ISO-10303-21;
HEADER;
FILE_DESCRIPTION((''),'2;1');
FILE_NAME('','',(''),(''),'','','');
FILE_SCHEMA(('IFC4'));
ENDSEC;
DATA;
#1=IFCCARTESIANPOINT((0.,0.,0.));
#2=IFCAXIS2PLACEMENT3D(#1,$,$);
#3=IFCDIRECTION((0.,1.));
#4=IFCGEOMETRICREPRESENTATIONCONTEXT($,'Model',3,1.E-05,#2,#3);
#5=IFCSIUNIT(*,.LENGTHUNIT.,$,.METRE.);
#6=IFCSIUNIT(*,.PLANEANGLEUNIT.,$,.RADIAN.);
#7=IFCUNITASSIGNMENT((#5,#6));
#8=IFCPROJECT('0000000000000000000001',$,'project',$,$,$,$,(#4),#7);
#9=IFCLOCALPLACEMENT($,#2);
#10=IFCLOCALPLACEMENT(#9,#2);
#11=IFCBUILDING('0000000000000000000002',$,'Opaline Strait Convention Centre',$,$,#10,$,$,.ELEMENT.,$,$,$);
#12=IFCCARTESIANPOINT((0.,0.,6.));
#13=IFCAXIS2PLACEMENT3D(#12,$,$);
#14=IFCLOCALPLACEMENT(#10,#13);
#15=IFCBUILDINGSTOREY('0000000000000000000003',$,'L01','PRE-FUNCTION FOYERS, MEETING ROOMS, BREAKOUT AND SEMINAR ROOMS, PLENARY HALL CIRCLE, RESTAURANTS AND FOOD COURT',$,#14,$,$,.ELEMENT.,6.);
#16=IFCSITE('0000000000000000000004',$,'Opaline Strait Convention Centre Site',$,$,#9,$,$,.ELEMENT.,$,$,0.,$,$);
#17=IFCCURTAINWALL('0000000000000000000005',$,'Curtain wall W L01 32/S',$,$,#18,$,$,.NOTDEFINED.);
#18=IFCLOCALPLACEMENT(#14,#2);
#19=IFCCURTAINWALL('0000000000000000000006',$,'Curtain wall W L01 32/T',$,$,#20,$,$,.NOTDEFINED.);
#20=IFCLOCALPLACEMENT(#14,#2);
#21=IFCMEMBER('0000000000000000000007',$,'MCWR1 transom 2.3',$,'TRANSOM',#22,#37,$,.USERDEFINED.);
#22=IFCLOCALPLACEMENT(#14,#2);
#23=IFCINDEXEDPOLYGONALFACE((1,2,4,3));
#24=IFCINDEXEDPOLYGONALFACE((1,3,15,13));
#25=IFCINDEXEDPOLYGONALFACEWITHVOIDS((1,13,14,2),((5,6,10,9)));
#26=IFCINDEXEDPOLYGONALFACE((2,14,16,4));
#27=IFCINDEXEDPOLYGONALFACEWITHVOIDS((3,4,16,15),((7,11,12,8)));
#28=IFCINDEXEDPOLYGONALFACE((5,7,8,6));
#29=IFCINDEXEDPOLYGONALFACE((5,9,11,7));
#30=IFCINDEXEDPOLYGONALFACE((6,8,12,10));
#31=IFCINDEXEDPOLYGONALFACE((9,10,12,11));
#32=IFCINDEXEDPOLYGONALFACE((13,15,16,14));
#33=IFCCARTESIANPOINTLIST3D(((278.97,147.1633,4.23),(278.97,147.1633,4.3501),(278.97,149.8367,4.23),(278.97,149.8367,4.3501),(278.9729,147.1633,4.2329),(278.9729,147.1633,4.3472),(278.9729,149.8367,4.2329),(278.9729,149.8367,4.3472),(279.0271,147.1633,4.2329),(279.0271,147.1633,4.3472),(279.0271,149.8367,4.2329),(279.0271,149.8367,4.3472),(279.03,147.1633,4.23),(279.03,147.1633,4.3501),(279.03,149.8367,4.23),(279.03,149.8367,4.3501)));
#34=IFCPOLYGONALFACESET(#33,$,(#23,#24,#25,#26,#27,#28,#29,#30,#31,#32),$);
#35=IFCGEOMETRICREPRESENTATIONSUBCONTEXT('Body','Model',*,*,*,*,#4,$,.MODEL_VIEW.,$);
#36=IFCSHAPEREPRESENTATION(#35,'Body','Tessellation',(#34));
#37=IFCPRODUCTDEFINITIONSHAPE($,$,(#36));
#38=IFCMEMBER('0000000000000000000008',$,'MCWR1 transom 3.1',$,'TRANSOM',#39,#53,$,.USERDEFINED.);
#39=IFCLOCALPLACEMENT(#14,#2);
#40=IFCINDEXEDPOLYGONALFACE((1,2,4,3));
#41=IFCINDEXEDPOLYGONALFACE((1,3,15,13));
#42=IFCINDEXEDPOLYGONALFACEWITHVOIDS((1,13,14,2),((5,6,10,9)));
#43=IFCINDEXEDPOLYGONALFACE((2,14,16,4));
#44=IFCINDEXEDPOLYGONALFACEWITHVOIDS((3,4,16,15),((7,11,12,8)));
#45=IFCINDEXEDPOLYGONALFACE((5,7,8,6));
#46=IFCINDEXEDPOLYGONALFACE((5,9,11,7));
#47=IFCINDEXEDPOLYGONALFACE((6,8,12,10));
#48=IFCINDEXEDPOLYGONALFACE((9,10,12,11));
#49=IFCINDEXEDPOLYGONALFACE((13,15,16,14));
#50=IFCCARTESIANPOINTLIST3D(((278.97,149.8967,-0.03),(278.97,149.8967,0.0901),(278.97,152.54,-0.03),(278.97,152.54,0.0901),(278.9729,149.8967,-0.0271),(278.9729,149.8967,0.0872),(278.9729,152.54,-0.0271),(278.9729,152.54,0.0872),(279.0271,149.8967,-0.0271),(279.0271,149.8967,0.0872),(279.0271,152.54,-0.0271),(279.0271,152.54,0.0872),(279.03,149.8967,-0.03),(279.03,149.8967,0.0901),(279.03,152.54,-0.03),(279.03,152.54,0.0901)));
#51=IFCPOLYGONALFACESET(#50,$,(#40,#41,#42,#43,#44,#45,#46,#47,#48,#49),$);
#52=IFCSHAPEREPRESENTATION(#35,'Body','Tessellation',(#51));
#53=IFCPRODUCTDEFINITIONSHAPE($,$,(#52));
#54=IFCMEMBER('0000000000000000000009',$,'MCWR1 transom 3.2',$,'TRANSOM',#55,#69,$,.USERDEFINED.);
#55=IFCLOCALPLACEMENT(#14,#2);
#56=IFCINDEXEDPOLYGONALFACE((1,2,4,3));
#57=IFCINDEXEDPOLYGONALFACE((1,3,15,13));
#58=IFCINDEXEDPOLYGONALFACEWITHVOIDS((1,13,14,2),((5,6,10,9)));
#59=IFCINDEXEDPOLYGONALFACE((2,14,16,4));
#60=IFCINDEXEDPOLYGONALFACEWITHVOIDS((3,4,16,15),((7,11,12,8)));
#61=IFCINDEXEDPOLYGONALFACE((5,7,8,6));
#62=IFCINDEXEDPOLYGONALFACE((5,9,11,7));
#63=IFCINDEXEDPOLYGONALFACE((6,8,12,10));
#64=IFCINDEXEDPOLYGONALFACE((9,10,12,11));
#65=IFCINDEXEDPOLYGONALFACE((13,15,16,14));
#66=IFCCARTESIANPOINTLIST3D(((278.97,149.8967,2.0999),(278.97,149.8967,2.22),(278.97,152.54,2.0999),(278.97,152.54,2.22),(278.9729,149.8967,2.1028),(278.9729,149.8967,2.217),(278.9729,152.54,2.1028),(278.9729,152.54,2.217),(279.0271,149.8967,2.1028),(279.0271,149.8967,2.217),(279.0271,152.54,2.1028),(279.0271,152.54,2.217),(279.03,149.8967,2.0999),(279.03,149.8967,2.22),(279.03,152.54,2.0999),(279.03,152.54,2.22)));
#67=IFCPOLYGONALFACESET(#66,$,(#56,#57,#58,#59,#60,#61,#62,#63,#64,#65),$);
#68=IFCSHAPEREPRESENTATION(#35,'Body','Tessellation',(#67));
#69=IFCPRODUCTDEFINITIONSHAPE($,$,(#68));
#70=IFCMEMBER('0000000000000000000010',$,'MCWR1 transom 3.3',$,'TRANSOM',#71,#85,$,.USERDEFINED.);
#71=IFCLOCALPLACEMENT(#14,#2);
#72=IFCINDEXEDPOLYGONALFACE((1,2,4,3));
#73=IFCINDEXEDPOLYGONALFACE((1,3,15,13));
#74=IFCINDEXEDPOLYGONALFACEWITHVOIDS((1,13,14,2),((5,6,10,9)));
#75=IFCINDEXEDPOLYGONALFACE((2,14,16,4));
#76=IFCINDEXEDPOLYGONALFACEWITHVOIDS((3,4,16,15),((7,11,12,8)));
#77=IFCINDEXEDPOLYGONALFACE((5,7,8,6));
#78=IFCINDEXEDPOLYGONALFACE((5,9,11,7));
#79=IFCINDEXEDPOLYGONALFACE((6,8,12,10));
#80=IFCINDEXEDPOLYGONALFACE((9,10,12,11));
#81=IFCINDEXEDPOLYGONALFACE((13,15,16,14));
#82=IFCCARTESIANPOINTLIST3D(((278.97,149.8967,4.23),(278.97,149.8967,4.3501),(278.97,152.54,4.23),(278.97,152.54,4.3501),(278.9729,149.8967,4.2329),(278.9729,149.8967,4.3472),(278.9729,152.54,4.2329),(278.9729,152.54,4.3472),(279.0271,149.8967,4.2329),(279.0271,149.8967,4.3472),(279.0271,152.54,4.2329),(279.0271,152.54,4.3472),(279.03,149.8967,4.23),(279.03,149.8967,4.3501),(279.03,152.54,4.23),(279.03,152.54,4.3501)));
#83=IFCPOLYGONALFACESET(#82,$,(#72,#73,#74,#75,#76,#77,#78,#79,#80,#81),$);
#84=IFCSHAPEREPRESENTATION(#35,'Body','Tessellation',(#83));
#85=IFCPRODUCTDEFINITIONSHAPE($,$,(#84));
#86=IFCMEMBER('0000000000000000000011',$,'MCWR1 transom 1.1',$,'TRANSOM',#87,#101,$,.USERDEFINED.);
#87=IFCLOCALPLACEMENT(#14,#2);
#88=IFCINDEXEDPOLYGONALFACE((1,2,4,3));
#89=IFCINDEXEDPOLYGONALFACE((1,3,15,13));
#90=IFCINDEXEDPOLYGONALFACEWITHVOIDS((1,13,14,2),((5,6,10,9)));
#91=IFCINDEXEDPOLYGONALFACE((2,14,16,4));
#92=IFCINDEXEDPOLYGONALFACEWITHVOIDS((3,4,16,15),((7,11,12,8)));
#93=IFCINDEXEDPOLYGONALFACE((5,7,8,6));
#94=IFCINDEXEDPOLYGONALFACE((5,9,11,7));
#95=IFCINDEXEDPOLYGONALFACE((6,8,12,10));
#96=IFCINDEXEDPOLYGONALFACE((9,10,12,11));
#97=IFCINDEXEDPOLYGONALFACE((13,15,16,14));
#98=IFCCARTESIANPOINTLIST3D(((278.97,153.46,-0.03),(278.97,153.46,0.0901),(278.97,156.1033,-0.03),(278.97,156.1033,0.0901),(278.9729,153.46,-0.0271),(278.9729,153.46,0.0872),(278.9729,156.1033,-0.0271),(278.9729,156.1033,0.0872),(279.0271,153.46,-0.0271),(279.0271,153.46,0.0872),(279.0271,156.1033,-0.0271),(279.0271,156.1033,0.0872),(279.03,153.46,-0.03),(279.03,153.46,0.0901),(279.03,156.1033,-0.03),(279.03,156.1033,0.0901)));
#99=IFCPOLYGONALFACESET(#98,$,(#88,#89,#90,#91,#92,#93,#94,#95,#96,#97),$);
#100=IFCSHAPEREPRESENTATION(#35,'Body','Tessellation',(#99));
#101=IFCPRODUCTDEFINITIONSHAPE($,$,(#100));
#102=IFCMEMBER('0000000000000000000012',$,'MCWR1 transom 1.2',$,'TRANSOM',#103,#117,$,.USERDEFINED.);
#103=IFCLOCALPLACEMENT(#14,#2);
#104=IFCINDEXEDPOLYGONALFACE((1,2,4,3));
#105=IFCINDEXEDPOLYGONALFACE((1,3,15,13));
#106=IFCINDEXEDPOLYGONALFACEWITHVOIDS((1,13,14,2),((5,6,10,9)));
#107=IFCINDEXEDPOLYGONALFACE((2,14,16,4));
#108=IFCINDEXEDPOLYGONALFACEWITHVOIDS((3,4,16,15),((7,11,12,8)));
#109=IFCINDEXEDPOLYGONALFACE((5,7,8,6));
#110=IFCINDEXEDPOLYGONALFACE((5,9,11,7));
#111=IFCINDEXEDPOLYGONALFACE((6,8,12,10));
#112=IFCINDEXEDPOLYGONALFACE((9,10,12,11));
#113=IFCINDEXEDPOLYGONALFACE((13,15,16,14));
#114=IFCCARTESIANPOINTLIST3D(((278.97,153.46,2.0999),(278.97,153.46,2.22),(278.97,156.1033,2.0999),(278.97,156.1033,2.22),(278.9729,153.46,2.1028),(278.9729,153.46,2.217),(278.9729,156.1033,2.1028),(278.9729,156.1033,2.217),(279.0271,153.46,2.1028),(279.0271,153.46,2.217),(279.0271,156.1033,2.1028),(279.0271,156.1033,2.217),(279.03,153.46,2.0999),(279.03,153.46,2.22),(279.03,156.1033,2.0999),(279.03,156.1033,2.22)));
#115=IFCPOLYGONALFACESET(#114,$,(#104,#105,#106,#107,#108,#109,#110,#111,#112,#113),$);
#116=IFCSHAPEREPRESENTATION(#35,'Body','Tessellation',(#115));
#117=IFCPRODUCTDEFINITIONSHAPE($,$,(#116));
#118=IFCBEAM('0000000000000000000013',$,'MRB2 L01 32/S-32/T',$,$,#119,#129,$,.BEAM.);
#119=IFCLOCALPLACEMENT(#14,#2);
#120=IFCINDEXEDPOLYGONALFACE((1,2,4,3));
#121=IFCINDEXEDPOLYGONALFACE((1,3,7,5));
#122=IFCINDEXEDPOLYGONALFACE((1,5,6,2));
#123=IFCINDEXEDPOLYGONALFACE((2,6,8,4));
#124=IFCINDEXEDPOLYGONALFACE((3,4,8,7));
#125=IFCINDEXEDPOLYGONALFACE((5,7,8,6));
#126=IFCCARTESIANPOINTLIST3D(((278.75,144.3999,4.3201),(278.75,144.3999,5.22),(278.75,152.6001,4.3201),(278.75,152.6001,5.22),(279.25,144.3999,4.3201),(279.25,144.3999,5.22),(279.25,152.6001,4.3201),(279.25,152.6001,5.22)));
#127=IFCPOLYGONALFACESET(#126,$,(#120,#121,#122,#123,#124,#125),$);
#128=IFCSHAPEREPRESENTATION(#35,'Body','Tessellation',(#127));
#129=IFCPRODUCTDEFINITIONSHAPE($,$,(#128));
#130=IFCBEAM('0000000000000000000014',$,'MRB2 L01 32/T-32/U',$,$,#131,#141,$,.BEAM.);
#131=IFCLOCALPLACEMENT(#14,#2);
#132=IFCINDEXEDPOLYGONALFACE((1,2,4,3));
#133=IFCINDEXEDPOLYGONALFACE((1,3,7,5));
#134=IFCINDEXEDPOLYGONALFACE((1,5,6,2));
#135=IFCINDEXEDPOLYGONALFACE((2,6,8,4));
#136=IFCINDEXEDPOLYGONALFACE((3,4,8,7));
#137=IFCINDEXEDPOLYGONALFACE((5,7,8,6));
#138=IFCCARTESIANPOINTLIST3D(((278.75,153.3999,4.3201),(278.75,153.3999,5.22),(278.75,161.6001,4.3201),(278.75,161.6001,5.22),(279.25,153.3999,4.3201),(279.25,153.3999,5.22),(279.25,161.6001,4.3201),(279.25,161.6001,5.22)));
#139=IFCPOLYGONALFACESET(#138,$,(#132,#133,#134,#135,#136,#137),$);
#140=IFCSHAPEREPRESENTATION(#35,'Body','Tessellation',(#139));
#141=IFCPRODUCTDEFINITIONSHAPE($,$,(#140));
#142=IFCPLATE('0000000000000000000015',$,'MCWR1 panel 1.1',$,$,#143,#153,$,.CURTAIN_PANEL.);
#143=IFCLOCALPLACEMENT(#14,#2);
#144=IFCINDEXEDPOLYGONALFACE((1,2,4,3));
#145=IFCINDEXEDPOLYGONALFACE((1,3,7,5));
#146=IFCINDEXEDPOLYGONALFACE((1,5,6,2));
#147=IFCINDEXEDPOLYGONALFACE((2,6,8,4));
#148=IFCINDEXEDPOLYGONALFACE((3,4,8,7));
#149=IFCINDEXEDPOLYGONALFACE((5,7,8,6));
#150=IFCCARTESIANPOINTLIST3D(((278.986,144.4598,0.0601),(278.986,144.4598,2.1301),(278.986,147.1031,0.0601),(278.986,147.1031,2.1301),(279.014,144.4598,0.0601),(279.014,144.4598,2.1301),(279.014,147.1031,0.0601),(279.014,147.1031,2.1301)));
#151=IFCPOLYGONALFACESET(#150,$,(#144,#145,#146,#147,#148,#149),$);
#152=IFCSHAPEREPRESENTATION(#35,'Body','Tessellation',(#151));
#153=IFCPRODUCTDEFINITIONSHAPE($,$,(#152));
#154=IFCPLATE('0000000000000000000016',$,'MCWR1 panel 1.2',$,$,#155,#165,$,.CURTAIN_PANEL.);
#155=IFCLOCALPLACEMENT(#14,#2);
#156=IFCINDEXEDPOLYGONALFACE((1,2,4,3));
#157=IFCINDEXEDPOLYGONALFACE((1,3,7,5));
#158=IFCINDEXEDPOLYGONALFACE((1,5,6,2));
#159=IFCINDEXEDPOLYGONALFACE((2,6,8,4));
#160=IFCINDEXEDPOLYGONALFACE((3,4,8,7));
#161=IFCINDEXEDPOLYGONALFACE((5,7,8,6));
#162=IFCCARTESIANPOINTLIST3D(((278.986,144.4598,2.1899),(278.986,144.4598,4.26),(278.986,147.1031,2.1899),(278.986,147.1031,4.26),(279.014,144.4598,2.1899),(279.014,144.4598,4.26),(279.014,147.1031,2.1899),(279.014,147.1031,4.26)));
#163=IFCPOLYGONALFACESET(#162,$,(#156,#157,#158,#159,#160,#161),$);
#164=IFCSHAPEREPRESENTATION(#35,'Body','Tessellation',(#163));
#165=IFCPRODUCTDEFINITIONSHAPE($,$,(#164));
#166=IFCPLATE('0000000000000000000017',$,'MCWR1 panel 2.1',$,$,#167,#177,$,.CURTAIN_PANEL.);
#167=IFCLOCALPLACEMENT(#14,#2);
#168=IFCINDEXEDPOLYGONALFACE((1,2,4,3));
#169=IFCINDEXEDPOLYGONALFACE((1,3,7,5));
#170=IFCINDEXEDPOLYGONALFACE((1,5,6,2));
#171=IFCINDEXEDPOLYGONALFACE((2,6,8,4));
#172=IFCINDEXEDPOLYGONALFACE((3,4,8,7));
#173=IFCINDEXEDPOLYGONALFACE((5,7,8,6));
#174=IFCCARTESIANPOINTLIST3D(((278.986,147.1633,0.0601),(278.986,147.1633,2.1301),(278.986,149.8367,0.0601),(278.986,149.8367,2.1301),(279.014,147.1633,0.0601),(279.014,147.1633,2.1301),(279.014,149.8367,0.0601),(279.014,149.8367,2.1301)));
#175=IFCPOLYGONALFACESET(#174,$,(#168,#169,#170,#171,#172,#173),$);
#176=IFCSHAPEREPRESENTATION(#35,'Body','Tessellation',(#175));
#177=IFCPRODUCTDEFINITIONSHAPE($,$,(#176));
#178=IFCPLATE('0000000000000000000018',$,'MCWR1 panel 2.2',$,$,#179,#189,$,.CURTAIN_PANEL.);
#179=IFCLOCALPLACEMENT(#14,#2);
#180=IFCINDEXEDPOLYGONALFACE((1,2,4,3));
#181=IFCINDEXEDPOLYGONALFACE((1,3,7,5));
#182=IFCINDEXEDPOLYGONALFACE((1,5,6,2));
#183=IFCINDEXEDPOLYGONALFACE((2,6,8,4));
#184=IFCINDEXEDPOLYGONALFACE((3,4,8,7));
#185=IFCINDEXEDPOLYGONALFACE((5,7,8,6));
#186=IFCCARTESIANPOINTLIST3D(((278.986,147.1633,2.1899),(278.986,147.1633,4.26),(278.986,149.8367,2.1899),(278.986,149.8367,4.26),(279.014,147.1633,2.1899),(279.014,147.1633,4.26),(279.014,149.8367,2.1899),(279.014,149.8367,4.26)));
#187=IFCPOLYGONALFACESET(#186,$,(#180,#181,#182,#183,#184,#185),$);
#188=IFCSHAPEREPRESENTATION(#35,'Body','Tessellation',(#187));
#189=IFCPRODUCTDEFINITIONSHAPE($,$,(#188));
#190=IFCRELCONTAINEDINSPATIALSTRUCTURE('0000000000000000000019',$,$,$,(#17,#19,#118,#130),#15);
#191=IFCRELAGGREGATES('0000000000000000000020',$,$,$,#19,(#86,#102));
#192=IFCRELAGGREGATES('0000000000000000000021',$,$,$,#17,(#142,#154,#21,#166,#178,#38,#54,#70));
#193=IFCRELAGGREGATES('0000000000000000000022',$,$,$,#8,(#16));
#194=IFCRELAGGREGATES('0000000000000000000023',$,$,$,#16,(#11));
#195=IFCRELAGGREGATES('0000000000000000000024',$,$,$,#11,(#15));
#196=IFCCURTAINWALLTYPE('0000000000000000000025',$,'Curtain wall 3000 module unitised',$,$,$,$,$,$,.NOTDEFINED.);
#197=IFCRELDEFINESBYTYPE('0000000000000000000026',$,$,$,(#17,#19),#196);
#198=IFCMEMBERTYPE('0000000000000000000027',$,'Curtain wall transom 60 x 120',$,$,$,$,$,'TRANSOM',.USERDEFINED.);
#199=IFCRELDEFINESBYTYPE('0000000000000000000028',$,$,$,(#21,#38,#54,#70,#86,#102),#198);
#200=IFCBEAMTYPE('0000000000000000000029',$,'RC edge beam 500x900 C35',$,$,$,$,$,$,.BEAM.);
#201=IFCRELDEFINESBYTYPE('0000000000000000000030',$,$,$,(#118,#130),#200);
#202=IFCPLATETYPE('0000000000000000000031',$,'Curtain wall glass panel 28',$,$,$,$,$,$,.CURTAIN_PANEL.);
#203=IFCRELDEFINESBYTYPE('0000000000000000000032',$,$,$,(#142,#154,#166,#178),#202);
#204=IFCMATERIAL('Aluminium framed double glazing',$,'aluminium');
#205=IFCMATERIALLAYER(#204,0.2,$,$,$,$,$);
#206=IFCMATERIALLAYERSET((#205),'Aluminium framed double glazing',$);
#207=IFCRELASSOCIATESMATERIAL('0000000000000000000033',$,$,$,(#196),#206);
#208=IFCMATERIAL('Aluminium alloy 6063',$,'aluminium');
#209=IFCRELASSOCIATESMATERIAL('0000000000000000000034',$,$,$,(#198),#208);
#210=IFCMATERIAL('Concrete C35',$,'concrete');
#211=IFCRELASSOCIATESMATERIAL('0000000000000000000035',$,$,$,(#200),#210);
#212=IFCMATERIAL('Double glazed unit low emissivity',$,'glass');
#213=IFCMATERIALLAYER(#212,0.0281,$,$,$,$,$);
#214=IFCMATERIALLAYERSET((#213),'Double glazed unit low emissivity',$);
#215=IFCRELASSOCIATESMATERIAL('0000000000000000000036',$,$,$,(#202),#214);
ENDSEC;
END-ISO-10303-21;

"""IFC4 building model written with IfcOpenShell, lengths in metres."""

from ifc_helpers import new_model, si_unit, direction, frame, origin, origin_2d, place, context, subcontext, project, spatial, rectangle, hollow_rectangle, extrude, material, layer, layer_set, material_profile, profile_set, type_object, element, aggregate, save


model = new_model("IFC4")

# Units and contexts
model_context = context("Model", 3, precision=1e-05, world=origin(), true_north=direction((0.0, 1.0)))
body_context = subcontext(model_context, "Body", "Model", "MODEL_VIEW")
ifc_project = project(units=[si_unit("LENGTHUNIT", "METRE"), si_unit("PLANEANGLEUNIT", "RADIAN")], contexts=[model_context])

# Site, building, storey
site_placement = place(None, origin())
site = spatial("IfcSite", under=ifc_project, at=site_placement, Name="Opaline Strait Convention Centre Site", CompositionType="ELEMENT", RefElevation=0.0)
building_placement = place(site_placement, origin())
building = spatial("IfcBuilding", under=site, at=building_placement, Name="Opaline Strait Convention Centre", CompositionType="ELEMENT")
storey_placement = place(building_placement, frame((0.0, 0.0, 6.0)))
storey = spatial("IfcBuildingStorey", under=building, at=storey_placement, Name="L01", Description="PRE-FUNCTION FOYERS, MEETING ROOMS, BREAKOUT AND SEMINAR ROOMS, PLENARY HALL CIRCLE, RESTAURANTS AND FOOD COURT", CompositionType="ELEMENT", Elevation=6.0)

# Curtain wall
ifc_material_1 = material(Name="Aluminium framed double glazing", Category="aluminium")
ifc_layer_1 = layer(ifc_material_1, 0.2)
ifc_layer_set_1 = layer_set([ifc_layer_1], Name="Aluminium framed double glazing")
curtain_wall_type = type_object("IfcCurtainWallType", Name="Curtain wall 3000 module unitised", PredefinedType="NOTDEFINED", material=ifc_layer_set_1)
curtain_wall_1_placement = place(storey_placement, origin())
curtain_wall_1 = element("IfcCurtainWall", 1, at=curtain_wall_1_placement, inside=storey, type_object=curtain_wall_type, Name="Curtain wall W L01 32/S", PredefinedType="NOTDEFINED")
ifc_material_2 = material(Name="Aluminium alloy 6063", Category="aluminium")

# Curtain wall
curtain_wall_2_placement = place(storey_placement, origin())
curtain_wall_2 = element("IfcCurtainWall", 2, at=curtain_wall_2_placement, inside=storey, type_object=curtain_wall_type, Name="Curtain wall W L01 32/T", PredefinedType="NOTDEFINED")

# Members
ifc_material_profile_1 = material_profile(ifc_material_2, hollow_rectangle(XDim=0.0601, YDim=0.1201, WallThickness=0.0029, at=origin_2d()), Name="TRANSOM 60x120x3")
ifc_profile_set_1 = profile_set([ifc_material_profile_1], Name="Aluminium alloy 6063")
member_type_1 = type_object("IfcMemberType", Name="Curtain wall transom 60 x 120", ElementType="TRANSOM", PredefinedType="USERDEFINED", material=ifc_profile_set_1)
member_1_placement = place(storey_placement, frame((279.0, 147.1633, 4.29), z_axis=(0.0, 1.0, 0.0), x_axis=(-1.0, 0.0, 0.0)))
member_1 = element("IfcMember", 3, at=member_1_placement, type_object=member_type_1, Name="MCWR1 transom 2.3", ObjectType="TRANSOM", PredefinedType="USERDEFINED", context=body_context, shape_type="SweptSolid", body=[
    extrude(hollow_rectangle(XDim=0.0601, YDim=0.1201, WallThickness=0.0029, at=origin_2d()), origin(), (0.0, 0.0, 1.0), 2.6733),
])
member_2_placement = place(storey_placement, frame((279.0, 149.8967, 0.03), z_axis=(0.0, 1.0, 0.0), x_axis=(-1.0, 0.0, 0.0)))
member_2 = element("IfcMember", 4, at=member_2_placement, type_object=member_type_1, Name="MCWR1 transom 3.1", ObjectType="TRANSOM", PredefinedType="USERDEFINED", context=body_context, shape_type="SweptSolid", body=[
    extrude(hollow_rectangle(XDim=0.0601, YDim=0.1201, WallThickness=0.0029, at=origin_2d()), origin(), (0.0, 0.0, 1.0), 2.6433),
])
member_3_placement = place(storey_placement, frame((279.0, 149.8967, 2.1599), z_axis=(0.0, 1.0, 0.0), x_axis=(-1.0, 0.0, 0.0)))
member_3 = element("IfcMember", 5, at=member_3_placement, type_object=member_type_1, Name="MCWR1 transom 3.2", ObjectType="TRANSOM", PredefinedType="USERDEFINED", context=body_context, shape_type="SweptSolid", body=[
    extrude(hollow_rectangle(XDim=0.0601, YDim=0.1201, WallThickness=0.0029, at=origin_2d()), origin(), (0.0, 0.0, 1.0), 2.6433),
])
member_4_placement = place(storey_placement, frame((279.0, 149.8967, 4.29), z_axis=(0.0, 1.0, 0.0), x_axis=(-1.0, 0.0, 0.0)))
member_4 = element("IfcMember", 6, at=member_4_placement, type_object=member_type_1, Name="MCWR1 transom 3.3", ObjectType="TRANSOM", PredefinedType="USERDEFINED", context=body_context, shape_type="SweptSolid", body=[
    extrude(hollow_rectangle(XDim=0.0601, YDim=0.1201, WallThickness=0.0029, at=origin_2d()), origin(), (0.0, 0.0, 1.0), 2.6433),
])
member_5_placement = place(storey_placement, frame((279.0, 153.46, 0.03), z_axis=(0.0, 1.0, 0.0), x_axis=(-1.0, 0.0, 0.0)))
member_5 = element("IfcMember", 7, at=member_5_placement, type_object=member_type_1, Name="MCWR1 transom 1.1", ObjectType="TRANSOM", PredefinedType="USERDEFINED", context=body_context, shape_type="SweptSolid", body=[
    extrude(hollow_rectangle(XDim=0.0601, YDim=0.1201, WallThickness=0.0029, at=origin_2d()), origin(), (0.0, 0.0, 1.0), 2.6433),
])
member_6_placement = place(storey_placement, frame((279.0, 153.46, 2.1599), z_axis=(0.0, 1.0, 0.0), x_axis=(-1.0, 0.0, 0.0)))
member_6 = element("IfcMember", 8, at=member_6_placement, type_object=member_type_1, Name="MCWR1 transom 1.2", ObjectType="TRANSOM", PredefinedType="USERDEFINED", context=body_context, shape_type="SweptSolid", body=[
    extrude(hollow_rectangle(XDim=0.0601, YDim=0.1201, WallThickness=0.0029, at=origin_2d()), origin(), (0.0, 0.0, 1.0), 2.6433),
])
aggregate(curtain_wall_2, [member_5, member_6])

# Beams
ifc_material_3 = material(Name="Concrete C35", Category="concrete")
ifc_material_profile_2 = material_profile(ifc_material_3, rectangle(XDim=0.5, YDim=0.8999, at=origin_2d()), Name="RC 500x900")
ifc_profile_set_2 = profile_set([ifc_material_profile_2], Name="Concrete C35")
beam_type = type_object("IfcBeamType", Name="RC edge beam 500x900 C35", PredefinedType="BEAM", material=ifc_profile_set_2)
for number, where, z_axis, x_axis, name in (
    (9, (279.0, 144.3999, 4.77), (0.0, 1.0, 0.0), (-1.0, 0.0, 0.0), "MRB2 L01 32/S-32/T"),
    (10, (279.0, 153.3999, 4.77), (0.0, 1.0, 0.0), (-1.0, 0.0, 0.0), "MRB2 L01 32/T-32/U"),
):
    element("IfcBeam", number, at=place(storey_placement, frame(where, z_axis=z_axis, x_axis=x_axis)), inside=storey, type_object=beam_type, Name=name, PredefinedType="BEAM", context=body_context, shape_type="SweptSolid", body=[
        extrude(rectangle(XDim=0.5, YDim=0.8999, at=origin_2d()), origin(), (0.0, 0.0, 1.0), 8.2002),
    ])

# Plates
ifc_material_4 = material(Name="Double glazed unit low emissivity", Category="glass")
ifc_layer_2 = layer(ifc_material_4, 0.0281)
ifc_layer_set_2 = layer_set([ifc_layer_2], Name="Double glazed unit low emissivity")
plate_type = type_object("IfcPlateType", Name="Curtain wall glass panel 28", PredefinedType="CURTAIN_PANEL", material=ifc_layer_set_2)
plate_1_placement = place(storey_placement, frame((279.0, 145.7815, 0.0601), z_axis=(0.0, 0.0, 1.0), x_axis=(0.0, 1.0, 0.0)))
plate_1 = element("IfcPlate", 11, at=plate_1_placement, type_object=plate_type, Name="MCWR1 panel 1.1", PredefinedType="CURTAIN_PANEL", context=body_context, shape_type="SweptSolid", body=[
    extrude(rectangle(XDim=2.6433, YDim=0.0281, at=origin_2d()), origin(), (0.0, 0.0, 1.0), 2.0701),
])
plate_2_placement = place(storey_placement, frame((279.0, 145.7815, 2.1899), z_axis=(0.0, 0.0, 1.0), x_axis=(0.0, 1.0, 0.0)))
plate_2 = element("IfcPlate", 12, at=plate_2_placement, type_object=plate_type, Name="MCWR1 panel 1.2", PredefinedType="CURTAIN_PANEL", context=body_context, shape_type="SweptSolid", body=[
    extrude(rectangle(XDim=2.6433, YDim=0.0281, at=origin_2d()), origin(), (0.0, 0.0, 1.0), 2.0701),
])
plate_3_placement = place(storey_placement, frame((279.0, 148.5, 0.0601), z_axis=(0.0, 0.0, 1.0), x_axis=(0.0, 1.0, 0.0)))
plate_3 = element("IfcPlate", 13, at=plate_3_placement, type_object=plate_type, Name="MCWR1 panel 2.1", PredefinedType="CURTAIN_PANEL", context=body_context, shape_type="SweptSolid", body=[
    extrude(rectangle(XDim=2.6733, YDim=0.0281, at=origin_2d()), origin(), (0.0, 0.0, 1.0), 2.0701),
])
plate_4_placement = place(storey_placement, frame((279.0, 148.5, 2.1899), z_axis=(0.0, 0.0, 1.0), x_axis=(0.0, 1.0, 0.0)))
plate_4 = element("IfcPlate", 14, at=plate_4_placement, type_object=plate_type, Name="MCWR1 panel 2.2", PredefinedType="CURTAIN_PANEL", context=body_context, shape_type="SweptSolid", body=[
    extrude(rectangle(XDim=2.6733, YDim=0.0281, at=origin_2d()), origin(), (0.0, 0.0, 1.0), 2.0701),
])
aggregate(curtain_wall_1, [plate_1, plate_2, member_1, plate_3, plate_4, member_2, member_3, member_4])

save(model, "model.ifc")
